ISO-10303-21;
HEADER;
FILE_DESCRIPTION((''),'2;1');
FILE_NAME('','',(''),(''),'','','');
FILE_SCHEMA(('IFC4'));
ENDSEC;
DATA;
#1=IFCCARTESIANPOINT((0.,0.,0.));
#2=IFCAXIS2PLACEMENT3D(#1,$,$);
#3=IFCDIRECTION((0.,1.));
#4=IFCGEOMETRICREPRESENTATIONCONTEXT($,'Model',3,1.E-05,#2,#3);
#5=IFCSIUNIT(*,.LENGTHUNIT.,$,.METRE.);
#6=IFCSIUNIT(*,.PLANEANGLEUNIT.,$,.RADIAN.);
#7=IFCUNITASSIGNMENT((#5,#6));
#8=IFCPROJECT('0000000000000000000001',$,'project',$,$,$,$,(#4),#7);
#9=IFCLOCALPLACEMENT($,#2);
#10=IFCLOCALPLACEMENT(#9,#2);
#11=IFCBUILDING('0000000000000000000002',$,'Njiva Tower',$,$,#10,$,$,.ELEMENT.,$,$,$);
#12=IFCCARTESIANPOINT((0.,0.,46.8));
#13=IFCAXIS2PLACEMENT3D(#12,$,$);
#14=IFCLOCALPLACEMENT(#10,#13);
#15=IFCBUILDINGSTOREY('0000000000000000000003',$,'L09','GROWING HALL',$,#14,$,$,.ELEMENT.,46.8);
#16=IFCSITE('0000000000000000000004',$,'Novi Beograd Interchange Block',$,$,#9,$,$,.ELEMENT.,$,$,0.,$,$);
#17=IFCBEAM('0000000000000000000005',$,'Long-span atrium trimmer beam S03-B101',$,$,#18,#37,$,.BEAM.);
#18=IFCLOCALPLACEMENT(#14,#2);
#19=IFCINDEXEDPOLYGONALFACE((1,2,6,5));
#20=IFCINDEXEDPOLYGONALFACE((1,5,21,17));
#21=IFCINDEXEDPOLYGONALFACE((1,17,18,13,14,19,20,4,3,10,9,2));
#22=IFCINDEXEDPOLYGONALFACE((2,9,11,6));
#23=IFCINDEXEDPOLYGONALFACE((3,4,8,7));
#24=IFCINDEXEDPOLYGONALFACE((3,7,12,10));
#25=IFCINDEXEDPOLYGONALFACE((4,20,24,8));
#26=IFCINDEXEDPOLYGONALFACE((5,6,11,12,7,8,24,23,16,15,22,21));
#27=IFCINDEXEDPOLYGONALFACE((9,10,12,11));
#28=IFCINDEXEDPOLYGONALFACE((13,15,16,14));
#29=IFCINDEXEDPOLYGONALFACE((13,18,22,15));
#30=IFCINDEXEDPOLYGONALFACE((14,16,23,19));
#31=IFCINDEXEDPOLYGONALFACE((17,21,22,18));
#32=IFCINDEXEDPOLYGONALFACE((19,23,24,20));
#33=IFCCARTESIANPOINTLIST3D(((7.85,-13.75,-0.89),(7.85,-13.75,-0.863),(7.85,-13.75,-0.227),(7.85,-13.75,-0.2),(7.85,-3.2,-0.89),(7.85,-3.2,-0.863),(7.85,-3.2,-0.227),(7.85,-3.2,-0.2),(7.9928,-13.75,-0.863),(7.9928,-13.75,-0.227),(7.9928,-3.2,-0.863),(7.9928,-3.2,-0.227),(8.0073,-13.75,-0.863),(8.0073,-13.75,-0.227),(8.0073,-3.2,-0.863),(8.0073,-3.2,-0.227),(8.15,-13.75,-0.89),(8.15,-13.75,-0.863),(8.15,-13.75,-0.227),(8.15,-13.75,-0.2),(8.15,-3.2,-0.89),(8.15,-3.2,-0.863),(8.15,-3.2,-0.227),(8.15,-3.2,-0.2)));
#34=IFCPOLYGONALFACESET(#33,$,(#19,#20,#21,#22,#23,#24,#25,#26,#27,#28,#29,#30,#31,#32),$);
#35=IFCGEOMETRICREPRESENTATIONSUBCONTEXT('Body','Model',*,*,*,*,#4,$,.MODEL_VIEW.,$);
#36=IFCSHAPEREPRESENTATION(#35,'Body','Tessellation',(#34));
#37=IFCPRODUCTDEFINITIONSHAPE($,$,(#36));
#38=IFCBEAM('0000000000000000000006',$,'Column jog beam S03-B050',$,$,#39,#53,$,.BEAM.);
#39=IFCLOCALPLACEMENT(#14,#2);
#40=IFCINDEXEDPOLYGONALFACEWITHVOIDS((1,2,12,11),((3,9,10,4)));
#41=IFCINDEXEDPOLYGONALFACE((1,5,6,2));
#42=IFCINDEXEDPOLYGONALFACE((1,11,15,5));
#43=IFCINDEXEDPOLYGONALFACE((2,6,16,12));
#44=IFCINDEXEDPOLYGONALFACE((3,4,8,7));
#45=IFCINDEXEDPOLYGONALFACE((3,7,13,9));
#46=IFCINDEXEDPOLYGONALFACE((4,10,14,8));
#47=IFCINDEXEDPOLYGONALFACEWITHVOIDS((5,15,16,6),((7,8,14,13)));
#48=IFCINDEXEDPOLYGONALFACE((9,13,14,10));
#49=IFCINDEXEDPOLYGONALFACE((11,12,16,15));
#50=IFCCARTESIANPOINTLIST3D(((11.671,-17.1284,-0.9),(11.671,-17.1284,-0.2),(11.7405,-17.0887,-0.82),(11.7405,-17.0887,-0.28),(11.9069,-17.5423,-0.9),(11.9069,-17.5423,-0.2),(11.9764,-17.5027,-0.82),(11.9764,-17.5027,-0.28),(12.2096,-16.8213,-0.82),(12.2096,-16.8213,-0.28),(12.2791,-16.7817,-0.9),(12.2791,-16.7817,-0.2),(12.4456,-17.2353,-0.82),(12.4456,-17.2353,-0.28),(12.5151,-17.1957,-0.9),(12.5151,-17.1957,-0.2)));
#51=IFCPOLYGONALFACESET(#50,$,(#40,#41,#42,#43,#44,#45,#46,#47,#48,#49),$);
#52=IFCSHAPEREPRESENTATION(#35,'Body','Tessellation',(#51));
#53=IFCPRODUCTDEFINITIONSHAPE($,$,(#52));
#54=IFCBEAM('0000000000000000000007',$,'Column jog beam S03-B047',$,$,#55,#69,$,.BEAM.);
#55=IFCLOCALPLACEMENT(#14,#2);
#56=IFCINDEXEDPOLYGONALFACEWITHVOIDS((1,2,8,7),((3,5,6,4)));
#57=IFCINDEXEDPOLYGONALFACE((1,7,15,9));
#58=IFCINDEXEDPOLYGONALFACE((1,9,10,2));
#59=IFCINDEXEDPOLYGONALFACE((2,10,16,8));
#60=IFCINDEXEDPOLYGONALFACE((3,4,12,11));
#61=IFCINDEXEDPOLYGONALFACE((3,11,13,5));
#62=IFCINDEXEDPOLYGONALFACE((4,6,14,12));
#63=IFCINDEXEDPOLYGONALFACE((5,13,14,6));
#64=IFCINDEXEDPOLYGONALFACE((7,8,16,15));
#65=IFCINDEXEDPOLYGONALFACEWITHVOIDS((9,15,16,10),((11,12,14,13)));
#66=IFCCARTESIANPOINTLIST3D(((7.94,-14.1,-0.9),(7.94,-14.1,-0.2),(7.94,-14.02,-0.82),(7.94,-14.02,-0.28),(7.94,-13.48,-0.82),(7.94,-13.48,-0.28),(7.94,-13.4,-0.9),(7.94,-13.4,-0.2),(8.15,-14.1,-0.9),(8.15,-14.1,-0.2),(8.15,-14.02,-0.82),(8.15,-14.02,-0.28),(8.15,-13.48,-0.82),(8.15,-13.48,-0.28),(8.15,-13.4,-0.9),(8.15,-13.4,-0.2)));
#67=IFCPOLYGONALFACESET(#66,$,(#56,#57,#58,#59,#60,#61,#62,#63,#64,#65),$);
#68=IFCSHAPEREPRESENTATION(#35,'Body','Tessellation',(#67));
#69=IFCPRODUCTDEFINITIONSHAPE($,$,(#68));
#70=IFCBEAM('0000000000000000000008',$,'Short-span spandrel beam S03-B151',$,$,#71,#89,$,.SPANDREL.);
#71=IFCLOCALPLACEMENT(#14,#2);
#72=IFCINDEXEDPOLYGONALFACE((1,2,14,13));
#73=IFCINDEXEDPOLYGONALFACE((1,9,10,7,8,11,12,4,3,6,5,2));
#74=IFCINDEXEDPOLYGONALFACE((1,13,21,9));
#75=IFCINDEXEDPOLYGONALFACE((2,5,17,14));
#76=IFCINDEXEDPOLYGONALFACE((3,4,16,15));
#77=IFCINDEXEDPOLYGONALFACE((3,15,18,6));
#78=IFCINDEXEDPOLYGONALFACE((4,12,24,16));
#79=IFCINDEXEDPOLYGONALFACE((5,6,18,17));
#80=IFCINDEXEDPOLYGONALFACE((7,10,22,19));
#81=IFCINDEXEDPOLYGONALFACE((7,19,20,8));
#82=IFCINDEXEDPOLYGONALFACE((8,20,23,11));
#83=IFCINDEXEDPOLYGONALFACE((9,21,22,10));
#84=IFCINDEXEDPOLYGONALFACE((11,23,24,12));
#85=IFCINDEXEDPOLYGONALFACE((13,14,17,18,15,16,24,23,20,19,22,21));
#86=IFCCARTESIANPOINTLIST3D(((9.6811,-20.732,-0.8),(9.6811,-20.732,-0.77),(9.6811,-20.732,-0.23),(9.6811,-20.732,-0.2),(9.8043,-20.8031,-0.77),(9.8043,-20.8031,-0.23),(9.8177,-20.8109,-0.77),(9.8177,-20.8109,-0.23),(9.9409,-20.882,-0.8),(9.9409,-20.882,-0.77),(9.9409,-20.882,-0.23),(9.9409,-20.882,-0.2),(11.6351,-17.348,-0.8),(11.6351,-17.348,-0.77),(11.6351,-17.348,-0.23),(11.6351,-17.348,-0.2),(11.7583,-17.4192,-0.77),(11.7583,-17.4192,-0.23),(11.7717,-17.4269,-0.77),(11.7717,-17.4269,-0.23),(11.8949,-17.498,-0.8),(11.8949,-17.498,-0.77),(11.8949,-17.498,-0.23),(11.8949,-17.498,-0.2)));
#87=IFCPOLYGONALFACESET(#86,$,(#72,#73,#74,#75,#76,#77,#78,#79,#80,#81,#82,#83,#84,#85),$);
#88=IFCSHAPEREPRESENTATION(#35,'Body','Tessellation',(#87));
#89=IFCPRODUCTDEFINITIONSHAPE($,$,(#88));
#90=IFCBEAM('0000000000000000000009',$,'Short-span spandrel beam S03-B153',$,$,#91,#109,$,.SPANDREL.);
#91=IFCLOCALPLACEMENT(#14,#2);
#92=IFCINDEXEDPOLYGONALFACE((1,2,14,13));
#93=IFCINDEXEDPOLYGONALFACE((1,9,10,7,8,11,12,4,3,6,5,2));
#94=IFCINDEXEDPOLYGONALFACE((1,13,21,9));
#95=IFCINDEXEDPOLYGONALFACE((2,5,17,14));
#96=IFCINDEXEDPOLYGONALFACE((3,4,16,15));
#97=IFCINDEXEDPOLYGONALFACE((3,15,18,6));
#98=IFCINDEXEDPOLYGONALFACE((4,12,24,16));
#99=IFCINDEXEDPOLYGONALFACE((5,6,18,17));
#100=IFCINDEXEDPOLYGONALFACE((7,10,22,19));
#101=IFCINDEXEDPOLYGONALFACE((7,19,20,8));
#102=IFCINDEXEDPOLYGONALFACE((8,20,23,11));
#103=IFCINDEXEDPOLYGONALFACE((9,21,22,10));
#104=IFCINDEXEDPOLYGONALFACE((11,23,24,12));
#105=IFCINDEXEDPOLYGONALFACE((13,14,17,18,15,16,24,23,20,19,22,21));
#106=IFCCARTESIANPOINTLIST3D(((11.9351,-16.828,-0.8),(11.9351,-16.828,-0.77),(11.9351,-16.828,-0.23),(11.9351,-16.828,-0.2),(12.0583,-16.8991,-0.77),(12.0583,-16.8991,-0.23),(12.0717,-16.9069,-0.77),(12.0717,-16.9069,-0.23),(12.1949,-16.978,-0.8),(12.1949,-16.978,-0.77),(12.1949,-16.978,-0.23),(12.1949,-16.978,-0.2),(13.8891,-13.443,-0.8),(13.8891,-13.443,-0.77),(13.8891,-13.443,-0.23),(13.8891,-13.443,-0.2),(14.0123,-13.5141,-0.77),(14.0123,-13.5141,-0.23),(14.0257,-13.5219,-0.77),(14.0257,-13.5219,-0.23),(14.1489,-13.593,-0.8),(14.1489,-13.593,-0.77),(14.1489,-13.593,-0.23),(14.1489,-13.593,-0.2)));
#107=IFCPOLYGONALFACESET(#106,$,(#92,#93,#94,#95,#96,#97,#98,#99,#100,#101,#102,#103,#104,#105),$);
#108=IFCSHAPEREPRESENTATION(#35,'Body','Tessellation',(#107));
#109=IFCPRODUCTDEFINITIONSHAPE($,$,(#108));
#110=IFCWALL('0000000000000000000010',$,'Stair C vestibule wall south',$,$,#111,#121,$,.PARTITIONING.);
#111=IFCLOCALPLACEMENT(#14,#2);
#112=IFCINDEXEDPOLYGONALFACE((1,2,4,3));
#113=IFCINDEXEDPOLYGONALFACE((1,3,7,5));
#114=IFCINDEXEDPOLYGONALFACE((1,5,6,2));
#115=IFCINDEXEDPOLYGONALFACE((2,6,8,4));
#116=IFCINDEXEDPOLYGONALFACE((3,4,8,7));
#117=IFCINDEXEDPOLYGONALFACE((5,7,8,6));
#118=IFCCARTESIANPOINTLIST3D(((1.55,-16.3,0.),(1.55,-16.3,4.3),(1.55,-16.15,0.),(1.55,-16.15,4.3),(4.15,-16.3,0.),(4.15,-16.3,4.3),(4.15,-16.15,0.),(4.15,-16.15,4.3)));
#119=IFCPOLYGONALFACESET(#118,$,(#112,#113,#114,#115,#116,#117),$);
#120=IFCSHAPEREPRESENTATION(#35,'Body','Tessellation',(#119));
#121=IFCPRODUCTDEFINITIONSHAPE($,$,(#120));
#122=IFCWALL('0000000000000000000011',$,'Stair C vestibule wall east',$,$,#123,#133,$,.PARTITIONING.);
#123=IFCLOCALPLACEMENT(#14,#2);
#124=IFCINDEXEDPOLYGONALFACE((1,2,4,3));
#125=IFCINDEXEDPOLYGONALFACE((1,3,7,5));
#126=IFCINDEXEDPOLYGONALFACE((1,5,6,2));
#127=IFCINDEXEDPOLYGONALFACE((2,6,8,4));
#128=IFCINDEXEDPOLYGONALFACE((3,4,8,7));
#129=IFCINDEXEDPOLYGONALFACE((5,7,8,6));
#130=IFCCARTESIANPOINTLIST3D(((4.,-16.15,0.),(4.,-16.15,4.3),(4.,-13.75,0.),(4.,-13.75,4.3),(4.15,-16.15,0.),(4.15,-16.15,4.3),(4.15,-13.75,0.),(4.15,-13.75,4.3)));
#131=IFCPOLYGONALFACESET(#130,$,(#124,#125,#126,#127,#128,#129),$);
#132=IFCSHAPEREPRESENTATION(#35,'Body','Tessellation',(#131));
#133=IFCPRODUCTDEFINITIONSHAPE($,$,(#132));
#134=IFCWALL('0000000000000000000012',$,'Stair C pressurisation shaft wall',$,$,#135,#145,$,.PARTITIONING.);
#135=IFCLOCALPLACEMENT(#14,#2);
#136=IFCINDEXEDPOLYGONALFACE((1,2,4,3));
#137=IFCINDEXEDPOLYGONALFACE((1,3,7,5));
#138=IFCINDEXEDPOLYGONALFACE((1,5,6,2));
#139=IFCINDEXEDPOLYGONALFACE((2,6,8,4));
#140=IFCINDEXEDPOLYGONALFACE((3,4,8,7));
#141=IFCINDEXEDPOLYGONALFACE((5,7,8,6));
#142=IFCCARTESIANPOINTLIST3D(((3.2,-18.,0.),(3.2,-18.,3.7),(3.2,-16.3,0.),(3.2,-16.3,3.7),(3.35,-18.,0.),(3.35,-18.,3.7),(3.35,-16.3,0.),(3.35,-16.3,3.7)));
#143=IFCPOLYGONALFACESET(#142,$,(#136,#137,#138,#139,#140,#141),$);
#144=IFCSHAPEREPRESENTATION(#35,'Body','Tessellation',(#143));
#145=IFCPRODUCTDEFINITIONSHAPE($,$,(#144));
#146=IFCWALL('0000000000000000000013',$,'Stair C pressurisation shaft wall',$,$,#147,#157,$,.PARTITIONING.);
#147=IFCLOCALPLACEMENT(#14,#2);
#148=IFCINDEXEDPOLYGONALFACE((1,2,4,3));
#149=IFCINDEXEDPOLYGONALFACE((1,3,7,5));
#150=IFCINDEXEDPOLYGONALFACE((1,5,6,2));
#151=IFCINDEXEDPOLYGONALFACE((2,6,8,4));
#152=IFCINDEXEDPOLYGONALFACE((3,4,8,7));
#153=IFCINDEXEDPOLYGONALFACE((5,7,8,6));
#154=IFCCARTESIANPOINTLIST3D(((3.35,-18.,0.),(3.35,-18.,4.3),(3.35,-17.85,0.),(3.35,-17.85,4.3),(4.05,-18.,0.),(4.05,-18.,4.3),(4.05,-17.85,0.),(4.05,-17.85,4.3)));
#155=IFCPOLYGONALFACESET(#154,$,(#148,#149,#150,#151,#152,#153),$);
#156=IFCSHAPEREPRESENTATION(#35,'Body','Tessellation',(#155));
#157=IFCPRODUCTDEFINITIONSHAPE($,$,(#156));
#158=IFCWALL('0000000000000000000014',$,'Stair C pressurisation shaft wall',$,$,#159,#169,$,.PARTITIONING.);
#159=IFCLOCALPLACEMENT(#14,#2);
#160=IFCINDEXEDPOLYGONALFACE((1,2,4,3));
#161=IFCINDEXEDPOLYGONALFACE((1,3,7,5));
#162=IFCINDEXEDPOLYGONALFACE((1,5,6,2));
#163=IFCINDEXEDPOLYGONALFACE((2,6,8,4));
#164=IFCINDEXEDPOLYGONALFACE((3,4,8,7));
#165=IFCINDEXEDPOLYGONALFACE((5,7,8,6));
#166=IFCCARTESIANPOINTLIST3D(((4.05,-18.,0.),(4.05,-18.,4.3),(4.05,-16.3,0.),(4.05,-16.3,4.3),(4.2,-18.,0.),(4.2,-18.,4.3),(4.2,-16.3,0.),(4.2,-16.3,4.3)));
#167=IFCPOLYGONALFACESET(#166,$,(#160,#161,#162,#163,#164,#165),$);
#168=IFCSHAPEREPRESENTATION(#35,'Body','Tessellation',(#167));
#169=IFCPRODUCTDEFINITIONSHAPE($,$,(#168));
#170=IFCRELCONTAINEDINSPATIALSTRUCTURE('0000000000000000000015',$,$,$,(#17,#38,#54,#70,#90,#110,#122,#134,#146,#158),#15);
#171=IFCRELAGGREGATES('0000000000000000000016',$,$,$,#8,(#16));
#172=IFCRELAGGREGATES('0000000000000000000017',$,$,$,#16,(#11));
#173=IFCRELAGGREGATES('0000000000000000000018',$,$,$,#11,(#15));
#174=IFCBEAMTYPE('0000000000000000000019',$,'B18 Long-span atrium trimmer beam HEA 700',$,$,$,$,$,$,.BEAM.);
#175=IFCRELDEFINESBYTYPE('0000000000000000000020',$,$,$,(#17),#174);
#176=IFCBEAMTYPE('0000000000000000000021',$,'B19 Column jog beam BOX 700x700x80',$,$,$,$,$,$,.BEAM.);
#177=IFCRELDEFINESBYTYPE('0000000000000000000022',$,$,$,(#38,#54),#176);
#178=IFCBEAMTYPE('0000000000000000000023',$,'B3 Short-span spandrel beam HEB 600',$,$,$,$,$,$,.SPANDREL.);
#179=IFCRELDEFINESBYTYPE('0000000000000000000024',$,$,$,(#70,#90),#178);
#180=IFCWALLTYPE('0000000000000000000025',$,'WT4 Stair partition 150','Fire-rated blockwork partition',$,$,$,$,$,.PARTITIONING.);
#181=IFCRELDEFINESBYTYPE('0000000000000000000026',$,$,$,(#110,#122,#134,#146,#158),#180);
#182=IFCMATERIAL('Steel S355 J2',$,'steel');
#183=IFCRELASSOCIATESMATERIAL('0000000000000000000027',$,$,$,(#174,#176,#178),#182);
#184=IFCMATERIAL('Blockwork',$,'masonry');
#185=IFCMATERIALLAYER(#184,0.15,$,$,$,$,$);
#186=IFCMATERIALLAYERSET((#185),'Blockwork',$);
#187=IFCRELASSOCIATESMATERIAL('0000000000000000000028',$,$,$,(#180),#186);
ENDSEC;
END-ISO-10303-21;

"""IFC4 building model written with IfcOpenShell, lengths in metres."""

from ifc_helpers import new_model, si_unit, direction, frame, frame_2d, origin, origin_2d, place, context, subcontext, project, spatial, rectangle, hollow_rectangle, i_section, extrude, material, layer, layer_set, material_profile, profile_set, type_object, element, save


model = new_model("IFC4")

# Units and contexts
model_context = context("Model", 3, precision=1e-05, world=origin(), true_north=direction((0.0, 1.0)))
body_context = subcontext(model_context, "Body", "Model", "MODEL_VIEW")
ifc_project = project(units=[si_unit("LENGTHUNIT", "METRE"), si_unit("PLANEANGLEUNIT", "RADIAN")], contexts=[model_context])

# Site, building, storey
site_placement = place(None, origin())
site = spatial("IfcSite", under=ifc_project, at=site_placement, Name="Novi Beograd Interchange Block", CompositionType="ELEMENT", RefElevation=0.0)
building_placement = place(site_placement, origin())
building = spatial("IfcBuilding", under=site, at=building_placement, Name="Njiva Tower", CompositionType="ELEMENT")
storey_placement = place(building_placement, frame((0.0, 0.0, 46.8)))
storey = spatial("IfcBuildingStorey", under=building, at=storey_placement, Name="L09", Description="GROWING HALL", CompositionType="ELEMENT", Elevation=46.8)

# Shared definitions
ifc_material_1 = material(Name="Steel S355 J2", Category="steel")

# Beams
ifc_material_profile_1 = material_profile(ifc_material_1, i_section(OverallWidth=0.3, OverallDepth=0.69, WebThickness=0.0145, FlangeThickness=0.027, at=origin_2d()), Name="HEA 700")
ifc_profile_set_1 = profile_set([ifc_material_profile_1], Name="Steel S355 J2")
beam_type_1 = type_object("IfcBeamType", Name="B18 Long-span atrium trimmer beam HEA 700", PredefinedType="BEAM", material=ifc_profile_set_1)
beam_1_placement = place(storey_placement, frame((8.0, -13.75, -0.545), z_axis=(0.0, 1.0, 0.0), x_axis=(-1.0, 0.0, 0.0)))
element("IfcBeam", 1, at=beam_1_placement, inside=storey, type_object=beam_type_1, Name="Long-span atrium trimmer beam S03-B101", PredefinedType="BEAM", context=body_context, shape_type="SweptSolid", body=[
    extrude(i_section(OverallWidth=0.3, OverallDepth=0.69, WebThickness=0.0145, FlangeThickness=0.027, at=origin_2d()), origin(), (0.0, 0.0, 1.0), 10.55),
])
ifc_material_profile_2 = material_profile(ifc_material_1, hollow_rectangle(XDim=0.7, YDim=0.7, WallThickness=0.08, at=origin_2d()), Name="BOX 700x700x80")
ifc_profile_set_2 = profile_set([ifc_material_profile_2], Name="Steel S355 J2")
beam_type_2 = type_object("IfcBeamType", Name="B19 Column jog beam BOX 700x700x80", PredefinedType="BEAM", material=ifc_profile_set_2)
beam_2_placement = place(storey_placement, frame((12.211, -17.369, -0.55), z_axis=(-0.495235, 0.868759, 0.0), x_axis=(-0.868759, -0.495235, 0.0)))
element("IfcBeam", 2, at=beam_2_placement, inside=storey, type_object=beam_type_2, Name="Column jog beam S03-B050", PredefinedType="BEAM", context=body_context, shape_type="SweptSolid", body=[
    extrude(hollow_rectangle(XDim=0.7, YDim=0.7, WallThickness=0.08, at=origin_2d()), origin(), (0.0, 0.0, 1.0), 0.4765),
])
beam_3_placement = place(storey_placement, frame((8.15, -13.75, -0.55), z_axis=(-1.0, 0.0, 0.0), x_axis=(0.0, -1.0, 0.0)))
element("IfcBeam", 3, at=beam_3_placement, inside=storey, type_object=beam_type_2, Name="Column jog beam S03-B047", PredefinedType="BEAM", context=body_context, shape_type="SweptSolid", body=[
    extrude(hollow_rectangle(XDim=0.7, YDim=0.7, WallThickness=0.08, at=origin_2d()), origin(), (0.0, 0.0, 1.0), 0.21),
])
ifc_material_profile_3 = material_profile(ifc_material_1, i_section(OverallWidth=0.3, OverallDepth=0.6, WebThickness=0.0155, FlangeThickness=0.03, at=origin_2d()), Name="HEB 600")
ifc_profile_set_3 = profile_set([ifc_material_profile_3], Name="Steel S355 J2")
beam_type_3 = type_object("IfcBeamType", Name="B3 Short-span spandrel beam HEB 600", PredefinedType="SPANDREL", material=ifc_profile_set_3)
beam_4_placement = place(storey_placement, frame((9.811, -20.807, -0.5), z_axis=(0.500047, 0.865998, 0.0), x_axis=(-0.865998, 0.500047, 0.0)))
element("IfcBeam", 4, at=beam_4_placement, inside=storey, type_object=beam_type_3, Name="Short-span spandrel beam S03-B151", PredefinedType="SPANDREL", context=body_context, shape_type="SweptSolid", body=[
    extrude(i_section(OverallWidth=0.3, OverallDepth=0.6, WebThickness=0.0155, FlangeThickness=0.03, at=origin_2d()), origin(), (0.0, 0.0, 1.0), 3.9076),
])
beam_5_placement = place(storey_placement, frame((12.065, -16.903, -0.5), z_axis=(0.499937, 0.866062, 0.0), x_axis=(-0.866062, 0.499937, 0.0)))
element("IfcBeam", 5, at=beam_5_placement, inside=storey, type_object=beam_type_3, Name="Short-span spandrel beam S03-B153", PredefinedType="SPANDREL", context=body_context, shape_type="SweptSolid", body=[
    extrude(i_section(OverallWidth=0.3, OverallDepth=0.6, WebThickness=0.0155, FlangeThickness=0.03, at=origin_2d()), origin(), (0.0, 0.0, 1.0), 3.9085),
])

# Walls
ifc_material_2 = material(Name="Blockwork", Category="masonry")
ifc_layer = layer(ifc_material_2, 0.15)
ifc_layer_set = layer_set([ifc_layer], Name="Blockwork")
wall_type = type_object("IfcWallType", Name="WT4 Stair partition 150", Description="Fire-rated blockwork partition", PredefinedType="PARTITIONING", material=ifc_layer_set)
wall_1_placement = place(storey_placement, frame((1.55, -16.225, 0.0), z_axis=(0.0, 0.0, 1.0), x_axis=(1.0, 0.0, 0.0)))
element("IfcWall", 6, at=wall_1_placement, inside=storey, type_object=wall_type, Name="Stair C vestibule wall south", PredefinedType="PARTITIONING", context=body_context, shape_type="SweptSolid", body=[
    extrude(rectangle(XDim=2.6, YDim=0.15, at=frame_2d((1.3, 0.0))), origin(), (0.0, 0.0, 1.0), 4.3),
])
wall_2_placement = place(storey_placement, frame((4.075, -16.15, 0.0), z_axis=(0.0, 0.0, 1.0), x_axis=(0.0, 1.0, 0.0)))
element("IfcWall", 7, at=wall_2_placement, inside=storey, type_object=wall_type, Name="Stair C vestibule wall east", PredefinedType="PARTITIONING", context=body_context, shape_type="SweptSolid", body=[
    extrude(rectangle(XDim=2.4, YDim=0.15, at=frame_2d((1.2, 0.0))), origin(), (0.0, 0.0, 1.0), 4.3),
])
wall_3_placement = place(storey_placement, frame((3.275, -18.0, 0.0), z_axis=(0.0, 0.0, 1.0), x_axis=(0.0, 1.0, 0.0)))
element("IfcWall", 8, at=wall_3_placement, inside=storey, type_object=wall_type, Name="Stair C pressurisation shaft wall", PredefinedType="PARTITIONING", context=body_context, shape_type="SweptSolid", body=[
    extrude(rectangle(XDim=1.7, YDim=0.15, at=frame_2d((0.85, 0.0))), origin(), (0.0, 0.0, 1.0), 3.7),
])
wall_4_placement = place(storey_placement, frame((3.35, -17.925, 0.0), z_axis=(0.0, 0.0, 1.0), x_axis=(1.0, 0.0, 0.0)))
element("IfcWall", 9, at=wall_4_placement, inside=storey, type_object=wall_type, Name="Stair C pressurisation shaft wall", PredefinedType="PARTITIONING", context=body_context, shape_type="SweptSolid", body=[
    extrude(rectangle(XDim=0.7, YDim=0.15, at=frame_2d((0.35, 0.0))), origin(), (0.0, 0.0, 1.0), 4.3),
])
wall_5_placement = place(storey_placement, frame((4.125, -18.0, 0.0), z_axis=(0.0, 0.0, 1.0), x_axis=(0.0, 1.0, 0.0)))
element("IfcWall", 10, at=wall_5_placement, inside=storey, type_object=wall_type, Name="Stair C pressurisation shaft wall", PredefinedType="PARTITIONING", context=body_context, shape_type="SweptSolid", body=[
    extrude(rectangle(XDim=1.7, YDim=0.15, at=frame_2d((0.85, 0.0))), origin(), (0.0, 0.0, 1.0), 4.3),
])

save(model, "model.ifc")
